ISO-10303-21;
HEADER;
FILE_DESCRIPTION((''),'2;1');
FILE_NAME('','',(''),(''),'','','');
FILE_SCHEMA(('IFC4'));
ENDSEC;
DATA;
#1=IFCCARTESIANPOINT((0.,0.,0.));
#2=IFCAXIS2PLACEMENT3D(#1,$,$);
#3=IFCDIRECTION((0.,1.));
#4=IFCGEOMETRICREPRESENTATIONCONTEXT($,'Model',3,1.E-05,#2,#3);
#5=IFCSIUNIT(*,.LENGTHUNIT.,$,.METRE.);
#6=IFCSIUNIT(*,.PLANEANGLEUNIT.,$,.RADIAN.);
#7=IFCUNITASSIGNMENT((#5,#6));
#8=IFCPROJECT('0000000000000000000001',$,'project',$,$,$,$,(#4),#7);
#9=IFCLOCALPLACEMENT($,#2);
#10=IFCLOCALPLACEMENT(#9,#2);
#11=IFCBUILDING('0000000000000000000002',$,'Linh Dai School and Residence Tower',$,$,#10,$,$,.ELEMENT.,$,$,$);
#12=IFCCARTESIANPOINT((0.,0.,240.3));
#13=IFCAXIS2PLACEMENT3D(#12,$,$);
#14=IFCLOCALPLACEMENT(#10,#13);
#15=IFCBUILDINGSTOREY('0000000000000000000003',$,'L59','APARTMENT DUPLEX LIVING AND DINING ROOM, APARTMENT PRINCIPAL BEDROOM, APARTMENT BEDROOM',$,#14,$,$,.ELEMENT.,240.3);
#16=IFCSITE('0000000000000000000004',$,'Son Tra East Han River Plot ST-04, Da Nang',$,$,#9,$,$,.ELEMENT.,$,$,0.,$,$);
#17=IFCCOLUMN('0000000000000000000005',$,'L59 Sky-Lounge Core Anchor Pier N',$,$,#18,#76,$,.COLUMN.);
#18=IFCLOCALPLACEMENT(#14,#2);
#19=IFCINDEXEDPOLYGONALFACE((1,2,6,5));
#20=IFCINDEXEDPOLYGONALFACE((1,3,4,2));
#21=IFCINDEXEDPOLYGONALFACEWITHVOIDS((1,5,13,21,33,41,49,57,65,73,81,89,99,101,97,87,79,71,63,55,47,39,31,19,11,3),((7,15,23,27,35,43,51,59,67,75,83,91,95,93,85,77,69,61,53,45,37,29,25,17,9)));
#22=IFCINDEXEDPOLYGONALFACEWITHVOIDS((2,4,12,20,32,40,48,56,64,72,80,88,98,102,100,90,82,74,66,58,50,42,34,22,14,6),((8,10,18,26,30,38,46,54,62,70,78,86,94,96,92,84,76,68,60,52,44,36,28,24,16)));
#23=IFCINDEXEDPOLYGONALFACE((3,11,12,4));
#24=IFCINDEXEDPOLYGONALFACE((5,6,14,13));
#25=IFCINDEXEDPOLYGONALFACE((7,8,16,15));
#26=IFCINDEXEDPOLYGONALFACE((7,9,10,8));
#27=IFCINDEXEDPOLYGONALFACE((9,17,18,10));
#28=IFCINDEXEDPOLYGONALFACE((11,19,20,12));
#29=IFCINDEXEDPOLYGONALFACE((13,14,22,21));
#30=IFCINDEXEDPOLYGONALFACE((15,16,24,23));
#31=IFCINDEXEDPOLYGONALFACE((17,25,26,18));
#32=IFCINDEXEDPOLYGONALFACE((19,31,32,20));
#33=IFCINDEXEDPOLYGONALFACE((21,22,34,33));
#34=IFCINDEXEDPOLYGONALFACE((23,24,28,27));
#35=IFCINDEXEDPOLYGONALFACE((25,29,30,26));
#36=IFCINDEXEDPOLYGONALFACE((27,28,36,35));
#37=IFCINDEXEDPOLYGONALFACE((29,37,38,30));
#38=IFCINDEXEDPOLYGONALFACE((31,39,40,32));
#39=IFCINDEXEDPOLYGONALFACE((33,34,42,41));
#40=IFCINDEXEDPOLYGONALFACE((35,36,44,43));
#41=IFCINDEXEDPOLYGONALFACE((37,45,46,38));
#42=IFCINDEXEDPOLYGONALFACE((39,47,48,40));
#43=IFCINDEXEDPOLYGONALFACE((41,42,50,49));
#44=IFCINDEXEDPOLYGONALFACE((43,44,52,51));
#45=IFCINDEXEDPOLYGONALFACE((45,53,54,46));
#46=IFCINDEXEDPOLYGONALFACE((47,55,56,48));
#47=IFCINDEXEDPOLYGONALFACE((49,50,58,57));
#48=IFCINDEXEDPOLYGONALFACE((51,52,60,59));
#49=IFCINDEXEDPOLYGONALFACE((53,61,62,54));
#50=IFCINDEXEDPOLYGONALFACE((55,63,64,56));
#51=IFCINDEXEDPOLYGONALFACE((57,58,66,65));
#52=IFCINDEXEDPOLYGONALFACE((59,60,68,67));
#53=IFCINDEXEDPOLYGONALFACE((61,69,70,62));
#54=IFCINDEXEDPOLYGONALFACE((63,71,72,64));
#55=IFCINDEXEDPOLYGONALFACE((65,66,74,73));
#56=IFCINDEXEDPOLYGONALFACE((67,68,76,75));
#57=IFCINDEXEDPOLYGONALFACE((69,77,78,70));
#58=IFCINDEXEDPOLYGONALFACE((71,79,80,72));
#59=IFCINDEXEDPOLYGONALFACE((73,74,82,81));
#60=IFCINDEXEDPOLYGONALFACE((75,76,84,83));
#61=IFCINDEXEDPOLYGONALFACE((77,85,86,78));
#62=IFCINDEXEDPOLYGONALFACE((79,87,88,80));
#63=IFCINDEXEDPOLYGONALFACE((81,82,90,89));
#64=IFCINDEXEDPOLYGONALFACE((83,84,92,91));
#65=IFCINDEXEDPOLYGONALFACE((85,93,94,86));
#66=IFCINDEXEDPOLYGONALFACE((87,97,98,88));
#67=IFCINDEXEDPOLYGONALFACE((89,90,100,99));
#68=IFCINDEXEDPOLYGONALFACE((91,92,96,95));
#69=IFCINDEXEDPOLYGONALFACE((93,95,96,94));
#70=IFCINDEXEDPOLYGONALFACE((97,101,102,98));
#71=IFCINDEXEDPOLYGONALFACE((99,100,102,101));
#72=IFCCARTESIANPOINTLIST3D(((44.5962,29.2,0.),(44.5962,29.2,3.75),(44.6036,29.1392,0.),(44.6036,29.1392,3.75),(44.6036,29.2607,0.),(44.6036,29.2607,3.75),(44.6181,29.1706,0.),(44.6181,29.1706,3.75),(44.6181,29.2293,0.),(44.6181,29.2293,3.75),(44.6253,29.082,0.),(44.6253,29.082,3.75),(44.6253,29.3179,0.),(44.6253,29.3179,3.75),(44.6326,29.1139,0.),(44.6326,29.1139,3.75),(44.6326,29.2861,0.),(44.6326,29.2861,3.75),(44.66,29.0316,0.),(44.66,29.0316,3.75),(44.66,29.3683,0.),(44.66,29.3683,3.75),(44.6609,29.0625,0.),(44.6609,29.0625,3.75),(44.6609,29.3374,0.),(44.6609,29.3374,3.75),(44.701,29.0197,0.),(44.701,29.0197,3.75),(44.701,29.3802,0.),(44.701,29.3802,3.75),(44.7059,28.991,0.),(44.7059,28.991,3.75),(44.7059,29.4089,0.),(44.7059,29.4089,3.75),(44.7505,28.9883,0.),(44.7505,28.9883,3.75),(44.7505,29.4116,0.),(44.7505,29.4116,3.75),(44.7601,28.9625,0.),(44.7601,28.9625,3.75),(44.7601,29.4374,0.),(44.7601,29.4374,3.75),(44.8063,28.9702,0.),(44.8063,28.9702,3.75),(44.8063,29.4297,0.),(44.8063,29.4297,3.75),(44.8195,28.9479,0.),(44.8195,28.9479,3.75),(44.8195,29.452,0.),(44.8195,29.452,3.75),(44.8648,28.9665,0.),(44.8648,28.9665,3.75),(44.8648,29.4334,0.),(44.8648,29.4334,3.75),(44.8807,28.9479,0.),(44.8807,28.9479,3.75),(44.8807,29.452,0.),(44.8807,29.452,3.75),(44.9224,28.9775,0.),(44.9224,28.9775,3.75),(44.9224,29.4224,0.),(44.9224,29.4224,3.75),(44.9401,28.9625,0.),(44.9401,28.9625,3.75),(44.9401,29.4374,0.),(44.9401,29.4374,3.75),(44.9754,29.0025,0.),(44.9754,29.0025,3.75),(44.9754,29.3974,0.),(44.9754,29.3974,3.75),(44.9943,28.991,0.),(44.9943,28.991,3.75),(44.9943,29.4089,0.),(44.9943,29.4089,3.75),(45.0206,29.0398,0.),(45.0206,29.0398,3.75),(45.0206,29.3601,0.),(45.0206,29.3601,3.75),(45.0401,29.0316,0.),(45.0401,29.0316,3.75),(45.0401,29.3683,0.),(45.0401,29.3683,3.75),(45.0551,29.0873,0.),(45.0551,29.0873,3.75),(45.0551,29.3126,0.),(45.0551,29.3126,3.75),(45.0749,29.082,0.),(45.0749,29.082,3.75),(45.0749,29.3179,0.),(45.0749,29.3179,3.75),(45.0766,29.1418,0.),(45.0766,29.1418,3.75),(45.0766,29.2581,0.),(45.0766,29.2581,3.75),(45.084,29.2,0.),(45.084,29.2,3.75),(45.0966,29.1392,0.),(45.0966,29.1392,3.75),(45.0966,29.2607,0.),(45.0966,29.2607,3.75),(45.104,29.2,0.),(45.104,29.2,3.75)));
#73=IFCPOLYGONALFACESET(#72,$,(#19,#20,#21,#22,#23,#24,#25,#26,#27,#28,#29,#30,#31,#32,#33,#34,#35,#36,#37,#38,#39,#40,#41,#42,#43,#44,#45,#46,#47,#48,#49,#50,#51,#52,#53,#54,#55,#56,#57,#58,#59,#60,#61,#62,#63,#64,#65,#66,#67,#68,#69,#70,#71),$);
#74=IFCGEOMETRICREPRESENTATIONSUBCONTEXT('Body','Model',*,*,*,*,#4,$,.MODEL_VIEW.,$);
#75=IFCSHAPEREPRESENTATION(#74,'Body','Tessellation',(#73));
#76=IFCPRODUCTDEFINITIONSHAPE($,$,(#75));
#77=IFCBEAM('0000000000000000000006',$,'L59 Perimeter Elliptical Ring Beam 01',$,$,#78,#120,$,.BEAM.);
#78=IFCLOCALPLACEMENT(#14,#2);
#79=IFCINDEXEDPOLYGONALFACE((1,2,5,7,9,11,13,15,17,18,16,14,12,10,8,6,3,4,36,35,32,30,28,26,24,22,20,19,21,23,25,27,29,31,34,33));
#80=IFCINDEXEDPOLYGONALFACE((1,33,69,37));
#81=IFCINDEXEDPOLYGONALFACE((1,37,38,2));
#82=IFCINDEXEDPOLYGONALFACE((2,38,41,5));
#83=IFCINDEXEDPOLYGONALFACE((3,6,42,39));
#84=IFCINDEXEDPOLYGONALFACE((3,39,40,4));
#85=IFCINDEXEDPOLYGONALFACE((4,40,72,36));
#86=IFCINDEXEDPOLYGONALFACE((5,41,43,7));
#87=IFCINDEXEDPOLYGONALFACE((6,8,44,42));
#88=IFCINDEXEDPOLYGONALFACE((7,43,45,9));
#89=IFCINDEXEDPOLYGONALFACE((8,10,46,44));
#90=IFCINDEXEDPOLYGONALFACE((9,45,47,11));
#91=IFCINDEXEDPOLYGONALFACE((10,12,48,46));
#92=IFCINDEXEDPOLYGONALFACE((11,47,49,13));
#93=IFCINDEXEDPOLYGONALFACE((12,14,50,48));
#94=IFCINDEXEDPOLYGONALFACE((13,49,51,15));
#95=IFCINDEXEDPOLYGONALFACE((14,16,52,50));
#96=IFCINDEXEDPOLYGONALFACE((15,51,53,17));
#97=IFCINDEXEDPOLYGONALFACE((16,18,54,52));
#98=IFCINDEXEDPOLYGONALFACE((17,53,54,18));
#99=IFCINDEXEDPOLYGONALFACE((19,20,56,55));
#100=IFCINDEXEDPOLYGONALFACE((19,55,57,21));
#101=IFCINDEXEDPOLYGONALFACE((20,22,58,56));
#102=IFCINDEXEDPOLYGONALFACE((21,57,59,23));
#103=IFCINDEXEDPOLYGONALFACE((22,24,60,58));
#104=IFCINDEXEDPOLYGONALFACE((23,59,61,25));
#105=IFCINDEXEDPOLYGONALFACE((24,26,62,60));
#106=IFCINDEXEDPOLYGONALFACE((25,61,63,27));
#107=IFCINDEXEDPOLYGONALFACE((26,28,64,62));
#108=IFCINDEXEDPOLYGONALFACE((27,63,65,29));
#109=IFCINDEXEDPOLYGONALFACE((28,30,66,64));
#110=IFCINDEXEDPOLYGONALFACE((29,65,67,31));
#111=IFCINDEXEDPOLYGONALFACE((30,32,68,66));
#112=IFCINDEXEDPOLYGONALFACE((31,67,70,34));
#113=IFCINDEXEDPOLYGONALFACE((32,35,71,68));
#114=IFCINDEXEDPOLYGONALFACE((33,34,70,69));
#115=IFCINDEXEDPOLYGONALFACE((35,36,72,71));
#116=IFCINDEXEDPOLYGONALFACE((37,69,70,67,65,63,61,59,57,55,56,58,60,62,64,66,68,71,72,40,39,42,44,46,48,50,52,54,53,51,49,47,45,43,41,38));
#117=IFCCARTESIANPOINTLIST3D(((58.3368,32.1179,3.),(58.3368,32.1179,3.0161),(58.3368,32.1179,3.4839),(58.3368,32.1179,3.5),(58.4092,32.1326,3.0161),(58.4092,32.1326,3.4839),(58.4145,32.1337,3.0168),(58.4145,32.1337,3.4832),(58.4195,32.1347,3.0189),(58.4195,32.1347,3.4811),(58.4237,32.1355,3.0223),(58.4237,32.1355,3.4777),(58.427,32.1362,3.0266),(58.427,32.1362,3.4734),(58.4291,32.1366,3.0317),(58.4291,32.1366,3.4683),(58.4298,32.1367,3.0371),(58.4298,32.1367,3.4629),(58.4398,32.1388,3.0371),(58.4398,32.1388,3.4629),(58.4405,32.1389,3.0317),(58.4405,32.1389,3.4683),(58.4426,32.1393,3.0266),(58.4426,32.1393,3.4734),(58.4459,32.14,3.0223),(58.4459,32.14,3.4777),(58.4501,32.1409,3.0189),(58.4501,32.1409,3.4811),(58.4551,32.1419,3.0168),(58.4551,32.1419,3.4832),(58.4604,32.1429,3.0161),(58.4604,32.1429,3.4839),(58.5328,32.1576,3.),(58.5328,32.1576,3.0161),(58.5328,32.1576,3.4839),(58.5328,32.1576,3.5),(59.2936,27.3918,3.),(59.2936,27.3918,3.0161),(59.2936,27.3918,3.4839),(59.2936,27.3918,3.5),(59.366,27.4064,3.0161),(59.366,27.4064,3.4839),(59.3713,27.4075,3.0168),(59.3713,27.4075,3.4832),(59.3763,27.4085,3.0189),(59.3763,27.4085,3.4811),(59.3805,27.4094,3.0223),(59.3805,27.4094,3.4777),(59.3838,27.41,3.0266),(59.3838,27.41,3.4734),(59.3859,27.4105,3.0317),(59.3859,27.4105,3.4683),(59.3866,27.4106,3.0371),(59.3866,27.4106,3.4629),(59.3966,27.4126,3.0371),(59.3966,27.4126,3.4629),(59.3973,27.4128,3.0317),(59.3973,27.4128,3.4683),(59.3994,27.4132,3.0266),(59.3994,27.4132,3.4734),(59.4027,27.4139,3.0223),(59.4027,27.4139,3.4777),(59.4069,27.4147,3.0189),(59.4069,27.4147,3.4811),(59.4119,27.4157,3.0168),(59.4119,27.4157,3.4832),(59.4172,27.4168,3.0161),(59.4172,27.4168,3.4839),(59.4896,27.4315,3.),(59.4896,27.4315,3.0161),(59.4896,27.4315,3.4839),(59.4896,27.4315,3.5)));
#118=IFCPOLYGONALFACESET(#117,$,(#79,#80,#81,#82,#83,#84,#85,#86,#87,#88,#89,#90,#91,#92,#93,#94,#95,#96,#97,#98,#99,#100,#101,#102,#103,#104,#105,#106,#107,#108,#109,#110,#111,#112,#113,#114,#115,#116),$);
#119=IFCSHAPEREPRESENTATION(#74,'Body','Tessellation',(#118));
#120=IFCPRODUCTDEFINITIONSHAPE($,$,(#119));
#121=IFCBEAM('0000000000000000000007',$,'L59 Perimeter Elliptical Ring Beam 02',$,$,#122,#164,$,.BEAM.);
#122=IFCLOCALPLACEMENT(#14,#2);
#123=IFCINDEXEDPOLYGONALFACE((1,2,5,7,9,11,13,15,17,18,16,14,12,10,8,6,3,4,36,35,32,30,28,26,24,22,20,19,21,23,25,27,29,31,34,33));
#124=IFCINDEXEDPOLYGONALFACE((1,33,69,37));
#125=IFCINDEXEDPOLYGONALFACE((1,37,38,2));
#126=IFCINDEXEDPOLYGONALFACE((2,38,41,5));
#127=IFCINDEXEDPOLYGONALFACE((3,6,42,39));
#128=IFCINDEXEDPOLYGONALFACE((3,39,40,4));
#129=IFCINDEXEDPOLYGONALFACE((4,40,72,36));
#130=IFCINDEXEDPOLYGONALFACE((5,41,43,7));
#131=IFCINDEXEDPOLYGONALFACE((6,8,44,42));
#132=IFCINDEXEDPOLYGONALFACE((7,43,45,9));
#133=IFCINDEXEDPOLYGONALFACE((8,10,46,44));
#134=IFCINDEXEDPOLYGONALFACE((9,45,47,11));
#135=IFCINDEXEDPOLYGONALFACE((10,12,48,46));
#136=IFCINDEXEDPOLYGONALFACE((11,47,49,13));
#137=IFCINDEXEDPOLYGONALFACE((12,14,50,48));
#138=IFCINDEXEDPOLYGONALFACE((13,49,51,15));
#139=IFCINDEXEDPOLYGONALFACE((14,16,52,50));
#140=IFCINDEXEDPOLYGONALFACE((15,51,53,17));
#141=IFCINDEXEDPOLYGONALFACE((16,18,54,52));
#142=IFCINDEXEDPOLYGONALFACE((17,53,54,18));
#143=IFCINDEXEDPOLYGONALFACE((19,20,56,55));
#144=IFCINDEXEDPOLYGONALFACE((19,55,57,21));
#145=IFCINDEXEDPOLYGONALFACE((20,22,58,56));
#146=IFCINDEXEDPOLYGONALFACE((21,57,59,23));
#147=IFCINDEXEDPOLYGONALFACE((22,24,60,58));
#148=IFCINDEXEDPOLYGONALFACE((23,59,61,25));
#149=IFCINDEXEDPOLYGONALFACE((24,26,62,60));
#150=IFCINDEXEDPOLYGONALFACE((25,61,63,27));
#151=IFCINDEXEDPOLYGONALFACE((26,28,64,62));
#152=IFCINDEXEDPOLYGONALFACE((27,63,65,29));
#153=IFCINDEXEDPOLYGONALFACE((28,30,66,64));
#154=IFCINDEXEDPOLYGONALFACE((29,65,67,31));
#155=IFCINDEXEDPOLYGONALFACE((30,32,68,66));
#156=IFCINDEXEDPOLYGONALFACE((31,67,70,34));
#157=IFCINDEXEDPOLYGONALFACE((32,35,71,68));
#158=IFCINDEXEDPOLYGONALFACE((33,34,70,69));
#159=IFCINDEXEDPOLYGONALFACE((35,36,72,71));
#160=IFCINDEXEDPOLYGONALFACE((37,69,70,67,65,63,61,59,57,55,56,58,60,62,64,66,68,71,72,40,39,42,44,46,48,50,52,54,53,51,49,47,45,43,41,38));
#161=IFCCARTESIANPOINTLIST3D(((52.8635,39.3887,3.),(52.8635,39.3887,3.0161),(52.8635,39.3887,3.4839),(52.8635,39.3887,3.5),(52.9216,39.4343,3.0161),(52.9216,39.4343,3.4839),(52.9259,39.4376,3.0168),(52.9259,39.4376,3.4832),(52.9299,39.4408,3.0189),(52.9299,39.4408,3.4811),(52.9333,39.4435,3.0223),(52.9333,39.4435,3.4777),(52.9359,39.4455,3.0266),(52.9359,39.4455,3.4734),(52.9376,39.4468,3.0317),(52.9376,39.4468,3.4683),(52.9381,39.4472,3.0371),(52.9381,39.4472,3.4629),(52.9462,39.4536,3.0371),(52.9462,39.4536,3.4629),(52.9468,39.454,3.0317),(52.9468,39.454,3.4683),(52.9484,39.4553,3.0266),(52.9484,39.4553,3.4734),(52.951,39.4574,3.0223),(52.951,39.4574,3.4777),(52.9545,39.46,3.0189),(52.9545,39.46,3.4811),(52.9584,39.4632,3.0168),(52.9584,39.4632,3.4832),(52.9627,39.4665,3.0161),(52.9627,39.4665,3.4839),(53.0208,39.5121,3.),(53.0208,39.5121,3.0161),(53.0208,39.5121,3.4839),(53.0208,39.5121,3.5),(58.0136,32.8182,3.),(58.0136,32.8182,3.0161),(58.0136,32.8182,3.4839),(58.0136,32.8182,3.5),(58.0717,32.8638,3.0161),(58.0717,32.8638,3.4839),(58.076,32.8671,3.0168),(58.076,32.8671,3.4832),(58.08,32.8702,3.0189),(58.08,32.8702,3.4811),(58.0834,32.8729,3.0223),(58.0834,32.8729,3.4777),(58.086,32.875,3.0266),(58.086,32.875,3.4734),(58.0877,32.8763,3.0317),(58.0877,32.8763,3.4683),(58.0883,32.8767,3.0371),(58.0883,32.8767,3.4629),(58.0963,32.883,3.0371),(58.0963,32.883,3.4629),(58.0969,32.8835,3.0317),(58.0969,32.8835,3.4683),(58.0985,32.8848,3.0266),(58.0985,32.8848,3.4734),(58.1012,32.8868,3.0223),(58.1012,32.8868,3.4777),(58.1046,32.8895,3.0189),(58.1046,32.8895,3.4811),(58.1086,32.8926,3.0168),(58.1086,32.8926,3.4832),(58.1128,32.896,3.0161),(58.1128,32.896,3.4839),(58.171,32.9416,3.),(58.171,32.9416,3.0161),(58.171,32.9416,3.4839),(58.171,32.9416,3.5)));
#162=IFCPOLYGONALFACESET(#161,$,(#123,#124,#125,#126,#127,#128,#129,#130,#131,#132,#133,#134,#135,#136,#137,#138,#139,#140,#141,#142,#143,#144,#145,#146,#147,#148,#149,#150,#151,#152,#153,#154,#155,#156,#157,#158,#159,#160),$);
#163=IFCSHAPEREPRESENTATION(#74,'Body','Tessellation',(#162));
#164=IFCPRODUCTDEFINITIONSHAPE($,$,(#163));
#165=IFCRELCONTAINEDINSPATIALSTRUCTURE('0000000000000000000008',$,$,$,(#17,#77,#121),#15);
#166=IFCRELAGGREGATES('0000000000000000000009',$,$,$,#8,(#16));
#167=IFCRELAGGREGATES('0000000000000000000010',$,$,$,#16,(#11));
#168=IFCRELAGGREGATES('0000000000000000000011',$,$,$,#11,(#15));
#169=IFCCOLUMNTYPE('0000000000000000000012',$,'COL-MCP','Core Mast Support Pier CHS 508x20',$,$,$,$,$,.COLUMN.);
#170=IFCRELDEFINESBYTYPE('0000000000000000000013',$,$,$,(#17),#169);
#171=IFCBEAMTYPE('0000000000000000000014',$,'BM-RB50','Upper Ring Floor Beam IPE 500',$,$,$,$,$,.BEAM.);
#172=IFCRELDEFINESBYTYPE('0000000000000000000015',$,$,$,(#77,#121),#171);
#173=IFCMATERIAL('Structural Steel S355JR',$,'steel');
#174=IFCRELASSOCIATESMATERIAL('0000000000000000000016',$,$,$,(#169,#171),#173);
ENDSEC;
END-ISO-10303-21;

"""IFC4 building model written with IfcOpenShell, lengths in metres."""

from ifc_helpers import new_model, si_unit, direction, frame, origin, origin_2d, place, context, subcontext, project, spatial, hollow_circle, i_section, extrude, material, material_profile, profile_set, type_object, element, save


model = new_model("IFC4")

# Units and contexts
model_context = context("Model", 3, precision=1e-05, world=origin(), true_north=direction((0.0, 1.0)))
body_context = subcontext(model_context, "Body", "Model", "MODEL_VIEW")
ifc_project = project(units=[si_unit("LENGTHUNIT", "METRE"), si_unit("PLANEANGLEUNIT", "RADIAN")], contexts=[model_context])

# Site, building, storey
site_placement = place(None, origin())
site = spatial("IfcSite", under=ifc_project, at=site_placement, Name="Son Tra East Han River Plot ST-04, Da Nang", CompositionType="ELEMENT", RefElevation=0.0)
building_placement = place(site_placement, origin())
building = spatial("IfcBuilding", under=site, at=building_placement, Name="Linh Dai School and Residence Tower", CompositionType="ELEMENT")
storey_placement = place(building_placement, frame((0.0, 0.0, 240.3)))
storey = spatial("IfcBuildingStorey", under=building, at=storey_placement, Name="L59", Description="APARTMENT DUPLEX LIVING AND DINING ROOM, APARTMENT PRINCIPAL BEDROOM, APARTMENT BEDROOM", CompositionType="ELEMENT", Elevation=240.3)

# Column
ifc_material_1 = material(Name="Structural Steel S355JR", Category="steel")
ifc_material_profile_1 = material_profile(ifc_material_1, hollow_circle(Radius=0.2539, WallThickness=0.02, at=origin_2d()), Name="CHS 508x20")
ifc_profile_set_1 = profile_set([ifc_material_profile_1], Name="Structural Steel S355JR")
column_type_1 = type_object("IfcColumnType", Name="COL-MCP", Description="Core Mast Support Pier CHS 508x20", PredefinedType="COLUMN", material=ifc_profile_set_1)
column_1_placement = place(storey_placement, frame((44.8501, 29.2, 0.0), z_axis=(0.0, 0.0, 1.0), x_axis=(1.0, 0.0, 0.0)))
element("IfcColumn", 1, at=column_1_placement, inside=storey, type_object=column_type_1, Name="L59 Sky-Lounge Core Anchor Pier N", PredefinedType="COLUMN", context=body_context, shape_type="SweptSolid", body=[
    extrude(hollow_circle(Radius=0.2539, WallThickness=0.02, at=origin_2d()), origin(), (0.0, 0.0, 1.0), 3.75),
])

# Beams
ifc_material_profile_2 = material_profile(ifc_material_1, i_section(OverallWidth=0.2, OverallDepth=0.5, WebThickness=0.0103, FlangeThickness=0.0161, FilletRadius=0.021, at=origin_2d()), Name="IPE 500")
ifc_profile_set_2 = profile_set([ifc_material_profile_2], Name="Structural Steel S355JR")
beam_type_1 = type_object("IfcBeamType", Name="BM-RB50", Description="Upper Ring Floor Beam IPE 500", PredefinedType="BEAM", material=ifc_profile_set_2)
beam_1_placement = place(storey_placement, frame((59.3916, 27.4116, 3.25), z_axis=(-0.198423, 0.980116, 0.0), x_axis=(-0.980116, -0.198423, 0.0)))
element("IfcBeam", 2, at=beam_1_placement, inside=storey, type_object=beam_type_1, Name="L59 Perimeter Elliptical Ring Beam 01", PredefinedType="BEAM", context=body_context, shape_type="SweptSolid", body=[
    extrude(i_section(OverallWidth=0.2, OverallDepth=0.5, WebThickness=0.0103, FlangeThickness=0.0161, FilletRadius=0.021, at=origin_2d()), origin(), (0.0, 0.0, 1.0), 4.822),
])
beam_2_placement = place(storey_placement, frame((58.0923, 32.8799, 3.25), z_axis=(-0.6169, 0.787041, 0.0), x_axis=(-0.787041, -0.6169, 0.0)))
element("IfcBeam", 3, at=beam_2_placement, inside=storey, type_object=beam_type_1, Name="L59 Perimeter Elliptical Ring Beam 02", PredefinedType="BEAM", context=body_context, shape_type="SweptSolid", body=[
    extrude(i_section(OverallWidth=0.2, OverallDepth=0.5, WebThickness=0.0103, FlangeThickness=0.0161, FilletRadius=0.021, at=origin_2d()), origin(), (0.0, 0.0, 1.0), 8.3484),
])

save(model, "model.ifc")
